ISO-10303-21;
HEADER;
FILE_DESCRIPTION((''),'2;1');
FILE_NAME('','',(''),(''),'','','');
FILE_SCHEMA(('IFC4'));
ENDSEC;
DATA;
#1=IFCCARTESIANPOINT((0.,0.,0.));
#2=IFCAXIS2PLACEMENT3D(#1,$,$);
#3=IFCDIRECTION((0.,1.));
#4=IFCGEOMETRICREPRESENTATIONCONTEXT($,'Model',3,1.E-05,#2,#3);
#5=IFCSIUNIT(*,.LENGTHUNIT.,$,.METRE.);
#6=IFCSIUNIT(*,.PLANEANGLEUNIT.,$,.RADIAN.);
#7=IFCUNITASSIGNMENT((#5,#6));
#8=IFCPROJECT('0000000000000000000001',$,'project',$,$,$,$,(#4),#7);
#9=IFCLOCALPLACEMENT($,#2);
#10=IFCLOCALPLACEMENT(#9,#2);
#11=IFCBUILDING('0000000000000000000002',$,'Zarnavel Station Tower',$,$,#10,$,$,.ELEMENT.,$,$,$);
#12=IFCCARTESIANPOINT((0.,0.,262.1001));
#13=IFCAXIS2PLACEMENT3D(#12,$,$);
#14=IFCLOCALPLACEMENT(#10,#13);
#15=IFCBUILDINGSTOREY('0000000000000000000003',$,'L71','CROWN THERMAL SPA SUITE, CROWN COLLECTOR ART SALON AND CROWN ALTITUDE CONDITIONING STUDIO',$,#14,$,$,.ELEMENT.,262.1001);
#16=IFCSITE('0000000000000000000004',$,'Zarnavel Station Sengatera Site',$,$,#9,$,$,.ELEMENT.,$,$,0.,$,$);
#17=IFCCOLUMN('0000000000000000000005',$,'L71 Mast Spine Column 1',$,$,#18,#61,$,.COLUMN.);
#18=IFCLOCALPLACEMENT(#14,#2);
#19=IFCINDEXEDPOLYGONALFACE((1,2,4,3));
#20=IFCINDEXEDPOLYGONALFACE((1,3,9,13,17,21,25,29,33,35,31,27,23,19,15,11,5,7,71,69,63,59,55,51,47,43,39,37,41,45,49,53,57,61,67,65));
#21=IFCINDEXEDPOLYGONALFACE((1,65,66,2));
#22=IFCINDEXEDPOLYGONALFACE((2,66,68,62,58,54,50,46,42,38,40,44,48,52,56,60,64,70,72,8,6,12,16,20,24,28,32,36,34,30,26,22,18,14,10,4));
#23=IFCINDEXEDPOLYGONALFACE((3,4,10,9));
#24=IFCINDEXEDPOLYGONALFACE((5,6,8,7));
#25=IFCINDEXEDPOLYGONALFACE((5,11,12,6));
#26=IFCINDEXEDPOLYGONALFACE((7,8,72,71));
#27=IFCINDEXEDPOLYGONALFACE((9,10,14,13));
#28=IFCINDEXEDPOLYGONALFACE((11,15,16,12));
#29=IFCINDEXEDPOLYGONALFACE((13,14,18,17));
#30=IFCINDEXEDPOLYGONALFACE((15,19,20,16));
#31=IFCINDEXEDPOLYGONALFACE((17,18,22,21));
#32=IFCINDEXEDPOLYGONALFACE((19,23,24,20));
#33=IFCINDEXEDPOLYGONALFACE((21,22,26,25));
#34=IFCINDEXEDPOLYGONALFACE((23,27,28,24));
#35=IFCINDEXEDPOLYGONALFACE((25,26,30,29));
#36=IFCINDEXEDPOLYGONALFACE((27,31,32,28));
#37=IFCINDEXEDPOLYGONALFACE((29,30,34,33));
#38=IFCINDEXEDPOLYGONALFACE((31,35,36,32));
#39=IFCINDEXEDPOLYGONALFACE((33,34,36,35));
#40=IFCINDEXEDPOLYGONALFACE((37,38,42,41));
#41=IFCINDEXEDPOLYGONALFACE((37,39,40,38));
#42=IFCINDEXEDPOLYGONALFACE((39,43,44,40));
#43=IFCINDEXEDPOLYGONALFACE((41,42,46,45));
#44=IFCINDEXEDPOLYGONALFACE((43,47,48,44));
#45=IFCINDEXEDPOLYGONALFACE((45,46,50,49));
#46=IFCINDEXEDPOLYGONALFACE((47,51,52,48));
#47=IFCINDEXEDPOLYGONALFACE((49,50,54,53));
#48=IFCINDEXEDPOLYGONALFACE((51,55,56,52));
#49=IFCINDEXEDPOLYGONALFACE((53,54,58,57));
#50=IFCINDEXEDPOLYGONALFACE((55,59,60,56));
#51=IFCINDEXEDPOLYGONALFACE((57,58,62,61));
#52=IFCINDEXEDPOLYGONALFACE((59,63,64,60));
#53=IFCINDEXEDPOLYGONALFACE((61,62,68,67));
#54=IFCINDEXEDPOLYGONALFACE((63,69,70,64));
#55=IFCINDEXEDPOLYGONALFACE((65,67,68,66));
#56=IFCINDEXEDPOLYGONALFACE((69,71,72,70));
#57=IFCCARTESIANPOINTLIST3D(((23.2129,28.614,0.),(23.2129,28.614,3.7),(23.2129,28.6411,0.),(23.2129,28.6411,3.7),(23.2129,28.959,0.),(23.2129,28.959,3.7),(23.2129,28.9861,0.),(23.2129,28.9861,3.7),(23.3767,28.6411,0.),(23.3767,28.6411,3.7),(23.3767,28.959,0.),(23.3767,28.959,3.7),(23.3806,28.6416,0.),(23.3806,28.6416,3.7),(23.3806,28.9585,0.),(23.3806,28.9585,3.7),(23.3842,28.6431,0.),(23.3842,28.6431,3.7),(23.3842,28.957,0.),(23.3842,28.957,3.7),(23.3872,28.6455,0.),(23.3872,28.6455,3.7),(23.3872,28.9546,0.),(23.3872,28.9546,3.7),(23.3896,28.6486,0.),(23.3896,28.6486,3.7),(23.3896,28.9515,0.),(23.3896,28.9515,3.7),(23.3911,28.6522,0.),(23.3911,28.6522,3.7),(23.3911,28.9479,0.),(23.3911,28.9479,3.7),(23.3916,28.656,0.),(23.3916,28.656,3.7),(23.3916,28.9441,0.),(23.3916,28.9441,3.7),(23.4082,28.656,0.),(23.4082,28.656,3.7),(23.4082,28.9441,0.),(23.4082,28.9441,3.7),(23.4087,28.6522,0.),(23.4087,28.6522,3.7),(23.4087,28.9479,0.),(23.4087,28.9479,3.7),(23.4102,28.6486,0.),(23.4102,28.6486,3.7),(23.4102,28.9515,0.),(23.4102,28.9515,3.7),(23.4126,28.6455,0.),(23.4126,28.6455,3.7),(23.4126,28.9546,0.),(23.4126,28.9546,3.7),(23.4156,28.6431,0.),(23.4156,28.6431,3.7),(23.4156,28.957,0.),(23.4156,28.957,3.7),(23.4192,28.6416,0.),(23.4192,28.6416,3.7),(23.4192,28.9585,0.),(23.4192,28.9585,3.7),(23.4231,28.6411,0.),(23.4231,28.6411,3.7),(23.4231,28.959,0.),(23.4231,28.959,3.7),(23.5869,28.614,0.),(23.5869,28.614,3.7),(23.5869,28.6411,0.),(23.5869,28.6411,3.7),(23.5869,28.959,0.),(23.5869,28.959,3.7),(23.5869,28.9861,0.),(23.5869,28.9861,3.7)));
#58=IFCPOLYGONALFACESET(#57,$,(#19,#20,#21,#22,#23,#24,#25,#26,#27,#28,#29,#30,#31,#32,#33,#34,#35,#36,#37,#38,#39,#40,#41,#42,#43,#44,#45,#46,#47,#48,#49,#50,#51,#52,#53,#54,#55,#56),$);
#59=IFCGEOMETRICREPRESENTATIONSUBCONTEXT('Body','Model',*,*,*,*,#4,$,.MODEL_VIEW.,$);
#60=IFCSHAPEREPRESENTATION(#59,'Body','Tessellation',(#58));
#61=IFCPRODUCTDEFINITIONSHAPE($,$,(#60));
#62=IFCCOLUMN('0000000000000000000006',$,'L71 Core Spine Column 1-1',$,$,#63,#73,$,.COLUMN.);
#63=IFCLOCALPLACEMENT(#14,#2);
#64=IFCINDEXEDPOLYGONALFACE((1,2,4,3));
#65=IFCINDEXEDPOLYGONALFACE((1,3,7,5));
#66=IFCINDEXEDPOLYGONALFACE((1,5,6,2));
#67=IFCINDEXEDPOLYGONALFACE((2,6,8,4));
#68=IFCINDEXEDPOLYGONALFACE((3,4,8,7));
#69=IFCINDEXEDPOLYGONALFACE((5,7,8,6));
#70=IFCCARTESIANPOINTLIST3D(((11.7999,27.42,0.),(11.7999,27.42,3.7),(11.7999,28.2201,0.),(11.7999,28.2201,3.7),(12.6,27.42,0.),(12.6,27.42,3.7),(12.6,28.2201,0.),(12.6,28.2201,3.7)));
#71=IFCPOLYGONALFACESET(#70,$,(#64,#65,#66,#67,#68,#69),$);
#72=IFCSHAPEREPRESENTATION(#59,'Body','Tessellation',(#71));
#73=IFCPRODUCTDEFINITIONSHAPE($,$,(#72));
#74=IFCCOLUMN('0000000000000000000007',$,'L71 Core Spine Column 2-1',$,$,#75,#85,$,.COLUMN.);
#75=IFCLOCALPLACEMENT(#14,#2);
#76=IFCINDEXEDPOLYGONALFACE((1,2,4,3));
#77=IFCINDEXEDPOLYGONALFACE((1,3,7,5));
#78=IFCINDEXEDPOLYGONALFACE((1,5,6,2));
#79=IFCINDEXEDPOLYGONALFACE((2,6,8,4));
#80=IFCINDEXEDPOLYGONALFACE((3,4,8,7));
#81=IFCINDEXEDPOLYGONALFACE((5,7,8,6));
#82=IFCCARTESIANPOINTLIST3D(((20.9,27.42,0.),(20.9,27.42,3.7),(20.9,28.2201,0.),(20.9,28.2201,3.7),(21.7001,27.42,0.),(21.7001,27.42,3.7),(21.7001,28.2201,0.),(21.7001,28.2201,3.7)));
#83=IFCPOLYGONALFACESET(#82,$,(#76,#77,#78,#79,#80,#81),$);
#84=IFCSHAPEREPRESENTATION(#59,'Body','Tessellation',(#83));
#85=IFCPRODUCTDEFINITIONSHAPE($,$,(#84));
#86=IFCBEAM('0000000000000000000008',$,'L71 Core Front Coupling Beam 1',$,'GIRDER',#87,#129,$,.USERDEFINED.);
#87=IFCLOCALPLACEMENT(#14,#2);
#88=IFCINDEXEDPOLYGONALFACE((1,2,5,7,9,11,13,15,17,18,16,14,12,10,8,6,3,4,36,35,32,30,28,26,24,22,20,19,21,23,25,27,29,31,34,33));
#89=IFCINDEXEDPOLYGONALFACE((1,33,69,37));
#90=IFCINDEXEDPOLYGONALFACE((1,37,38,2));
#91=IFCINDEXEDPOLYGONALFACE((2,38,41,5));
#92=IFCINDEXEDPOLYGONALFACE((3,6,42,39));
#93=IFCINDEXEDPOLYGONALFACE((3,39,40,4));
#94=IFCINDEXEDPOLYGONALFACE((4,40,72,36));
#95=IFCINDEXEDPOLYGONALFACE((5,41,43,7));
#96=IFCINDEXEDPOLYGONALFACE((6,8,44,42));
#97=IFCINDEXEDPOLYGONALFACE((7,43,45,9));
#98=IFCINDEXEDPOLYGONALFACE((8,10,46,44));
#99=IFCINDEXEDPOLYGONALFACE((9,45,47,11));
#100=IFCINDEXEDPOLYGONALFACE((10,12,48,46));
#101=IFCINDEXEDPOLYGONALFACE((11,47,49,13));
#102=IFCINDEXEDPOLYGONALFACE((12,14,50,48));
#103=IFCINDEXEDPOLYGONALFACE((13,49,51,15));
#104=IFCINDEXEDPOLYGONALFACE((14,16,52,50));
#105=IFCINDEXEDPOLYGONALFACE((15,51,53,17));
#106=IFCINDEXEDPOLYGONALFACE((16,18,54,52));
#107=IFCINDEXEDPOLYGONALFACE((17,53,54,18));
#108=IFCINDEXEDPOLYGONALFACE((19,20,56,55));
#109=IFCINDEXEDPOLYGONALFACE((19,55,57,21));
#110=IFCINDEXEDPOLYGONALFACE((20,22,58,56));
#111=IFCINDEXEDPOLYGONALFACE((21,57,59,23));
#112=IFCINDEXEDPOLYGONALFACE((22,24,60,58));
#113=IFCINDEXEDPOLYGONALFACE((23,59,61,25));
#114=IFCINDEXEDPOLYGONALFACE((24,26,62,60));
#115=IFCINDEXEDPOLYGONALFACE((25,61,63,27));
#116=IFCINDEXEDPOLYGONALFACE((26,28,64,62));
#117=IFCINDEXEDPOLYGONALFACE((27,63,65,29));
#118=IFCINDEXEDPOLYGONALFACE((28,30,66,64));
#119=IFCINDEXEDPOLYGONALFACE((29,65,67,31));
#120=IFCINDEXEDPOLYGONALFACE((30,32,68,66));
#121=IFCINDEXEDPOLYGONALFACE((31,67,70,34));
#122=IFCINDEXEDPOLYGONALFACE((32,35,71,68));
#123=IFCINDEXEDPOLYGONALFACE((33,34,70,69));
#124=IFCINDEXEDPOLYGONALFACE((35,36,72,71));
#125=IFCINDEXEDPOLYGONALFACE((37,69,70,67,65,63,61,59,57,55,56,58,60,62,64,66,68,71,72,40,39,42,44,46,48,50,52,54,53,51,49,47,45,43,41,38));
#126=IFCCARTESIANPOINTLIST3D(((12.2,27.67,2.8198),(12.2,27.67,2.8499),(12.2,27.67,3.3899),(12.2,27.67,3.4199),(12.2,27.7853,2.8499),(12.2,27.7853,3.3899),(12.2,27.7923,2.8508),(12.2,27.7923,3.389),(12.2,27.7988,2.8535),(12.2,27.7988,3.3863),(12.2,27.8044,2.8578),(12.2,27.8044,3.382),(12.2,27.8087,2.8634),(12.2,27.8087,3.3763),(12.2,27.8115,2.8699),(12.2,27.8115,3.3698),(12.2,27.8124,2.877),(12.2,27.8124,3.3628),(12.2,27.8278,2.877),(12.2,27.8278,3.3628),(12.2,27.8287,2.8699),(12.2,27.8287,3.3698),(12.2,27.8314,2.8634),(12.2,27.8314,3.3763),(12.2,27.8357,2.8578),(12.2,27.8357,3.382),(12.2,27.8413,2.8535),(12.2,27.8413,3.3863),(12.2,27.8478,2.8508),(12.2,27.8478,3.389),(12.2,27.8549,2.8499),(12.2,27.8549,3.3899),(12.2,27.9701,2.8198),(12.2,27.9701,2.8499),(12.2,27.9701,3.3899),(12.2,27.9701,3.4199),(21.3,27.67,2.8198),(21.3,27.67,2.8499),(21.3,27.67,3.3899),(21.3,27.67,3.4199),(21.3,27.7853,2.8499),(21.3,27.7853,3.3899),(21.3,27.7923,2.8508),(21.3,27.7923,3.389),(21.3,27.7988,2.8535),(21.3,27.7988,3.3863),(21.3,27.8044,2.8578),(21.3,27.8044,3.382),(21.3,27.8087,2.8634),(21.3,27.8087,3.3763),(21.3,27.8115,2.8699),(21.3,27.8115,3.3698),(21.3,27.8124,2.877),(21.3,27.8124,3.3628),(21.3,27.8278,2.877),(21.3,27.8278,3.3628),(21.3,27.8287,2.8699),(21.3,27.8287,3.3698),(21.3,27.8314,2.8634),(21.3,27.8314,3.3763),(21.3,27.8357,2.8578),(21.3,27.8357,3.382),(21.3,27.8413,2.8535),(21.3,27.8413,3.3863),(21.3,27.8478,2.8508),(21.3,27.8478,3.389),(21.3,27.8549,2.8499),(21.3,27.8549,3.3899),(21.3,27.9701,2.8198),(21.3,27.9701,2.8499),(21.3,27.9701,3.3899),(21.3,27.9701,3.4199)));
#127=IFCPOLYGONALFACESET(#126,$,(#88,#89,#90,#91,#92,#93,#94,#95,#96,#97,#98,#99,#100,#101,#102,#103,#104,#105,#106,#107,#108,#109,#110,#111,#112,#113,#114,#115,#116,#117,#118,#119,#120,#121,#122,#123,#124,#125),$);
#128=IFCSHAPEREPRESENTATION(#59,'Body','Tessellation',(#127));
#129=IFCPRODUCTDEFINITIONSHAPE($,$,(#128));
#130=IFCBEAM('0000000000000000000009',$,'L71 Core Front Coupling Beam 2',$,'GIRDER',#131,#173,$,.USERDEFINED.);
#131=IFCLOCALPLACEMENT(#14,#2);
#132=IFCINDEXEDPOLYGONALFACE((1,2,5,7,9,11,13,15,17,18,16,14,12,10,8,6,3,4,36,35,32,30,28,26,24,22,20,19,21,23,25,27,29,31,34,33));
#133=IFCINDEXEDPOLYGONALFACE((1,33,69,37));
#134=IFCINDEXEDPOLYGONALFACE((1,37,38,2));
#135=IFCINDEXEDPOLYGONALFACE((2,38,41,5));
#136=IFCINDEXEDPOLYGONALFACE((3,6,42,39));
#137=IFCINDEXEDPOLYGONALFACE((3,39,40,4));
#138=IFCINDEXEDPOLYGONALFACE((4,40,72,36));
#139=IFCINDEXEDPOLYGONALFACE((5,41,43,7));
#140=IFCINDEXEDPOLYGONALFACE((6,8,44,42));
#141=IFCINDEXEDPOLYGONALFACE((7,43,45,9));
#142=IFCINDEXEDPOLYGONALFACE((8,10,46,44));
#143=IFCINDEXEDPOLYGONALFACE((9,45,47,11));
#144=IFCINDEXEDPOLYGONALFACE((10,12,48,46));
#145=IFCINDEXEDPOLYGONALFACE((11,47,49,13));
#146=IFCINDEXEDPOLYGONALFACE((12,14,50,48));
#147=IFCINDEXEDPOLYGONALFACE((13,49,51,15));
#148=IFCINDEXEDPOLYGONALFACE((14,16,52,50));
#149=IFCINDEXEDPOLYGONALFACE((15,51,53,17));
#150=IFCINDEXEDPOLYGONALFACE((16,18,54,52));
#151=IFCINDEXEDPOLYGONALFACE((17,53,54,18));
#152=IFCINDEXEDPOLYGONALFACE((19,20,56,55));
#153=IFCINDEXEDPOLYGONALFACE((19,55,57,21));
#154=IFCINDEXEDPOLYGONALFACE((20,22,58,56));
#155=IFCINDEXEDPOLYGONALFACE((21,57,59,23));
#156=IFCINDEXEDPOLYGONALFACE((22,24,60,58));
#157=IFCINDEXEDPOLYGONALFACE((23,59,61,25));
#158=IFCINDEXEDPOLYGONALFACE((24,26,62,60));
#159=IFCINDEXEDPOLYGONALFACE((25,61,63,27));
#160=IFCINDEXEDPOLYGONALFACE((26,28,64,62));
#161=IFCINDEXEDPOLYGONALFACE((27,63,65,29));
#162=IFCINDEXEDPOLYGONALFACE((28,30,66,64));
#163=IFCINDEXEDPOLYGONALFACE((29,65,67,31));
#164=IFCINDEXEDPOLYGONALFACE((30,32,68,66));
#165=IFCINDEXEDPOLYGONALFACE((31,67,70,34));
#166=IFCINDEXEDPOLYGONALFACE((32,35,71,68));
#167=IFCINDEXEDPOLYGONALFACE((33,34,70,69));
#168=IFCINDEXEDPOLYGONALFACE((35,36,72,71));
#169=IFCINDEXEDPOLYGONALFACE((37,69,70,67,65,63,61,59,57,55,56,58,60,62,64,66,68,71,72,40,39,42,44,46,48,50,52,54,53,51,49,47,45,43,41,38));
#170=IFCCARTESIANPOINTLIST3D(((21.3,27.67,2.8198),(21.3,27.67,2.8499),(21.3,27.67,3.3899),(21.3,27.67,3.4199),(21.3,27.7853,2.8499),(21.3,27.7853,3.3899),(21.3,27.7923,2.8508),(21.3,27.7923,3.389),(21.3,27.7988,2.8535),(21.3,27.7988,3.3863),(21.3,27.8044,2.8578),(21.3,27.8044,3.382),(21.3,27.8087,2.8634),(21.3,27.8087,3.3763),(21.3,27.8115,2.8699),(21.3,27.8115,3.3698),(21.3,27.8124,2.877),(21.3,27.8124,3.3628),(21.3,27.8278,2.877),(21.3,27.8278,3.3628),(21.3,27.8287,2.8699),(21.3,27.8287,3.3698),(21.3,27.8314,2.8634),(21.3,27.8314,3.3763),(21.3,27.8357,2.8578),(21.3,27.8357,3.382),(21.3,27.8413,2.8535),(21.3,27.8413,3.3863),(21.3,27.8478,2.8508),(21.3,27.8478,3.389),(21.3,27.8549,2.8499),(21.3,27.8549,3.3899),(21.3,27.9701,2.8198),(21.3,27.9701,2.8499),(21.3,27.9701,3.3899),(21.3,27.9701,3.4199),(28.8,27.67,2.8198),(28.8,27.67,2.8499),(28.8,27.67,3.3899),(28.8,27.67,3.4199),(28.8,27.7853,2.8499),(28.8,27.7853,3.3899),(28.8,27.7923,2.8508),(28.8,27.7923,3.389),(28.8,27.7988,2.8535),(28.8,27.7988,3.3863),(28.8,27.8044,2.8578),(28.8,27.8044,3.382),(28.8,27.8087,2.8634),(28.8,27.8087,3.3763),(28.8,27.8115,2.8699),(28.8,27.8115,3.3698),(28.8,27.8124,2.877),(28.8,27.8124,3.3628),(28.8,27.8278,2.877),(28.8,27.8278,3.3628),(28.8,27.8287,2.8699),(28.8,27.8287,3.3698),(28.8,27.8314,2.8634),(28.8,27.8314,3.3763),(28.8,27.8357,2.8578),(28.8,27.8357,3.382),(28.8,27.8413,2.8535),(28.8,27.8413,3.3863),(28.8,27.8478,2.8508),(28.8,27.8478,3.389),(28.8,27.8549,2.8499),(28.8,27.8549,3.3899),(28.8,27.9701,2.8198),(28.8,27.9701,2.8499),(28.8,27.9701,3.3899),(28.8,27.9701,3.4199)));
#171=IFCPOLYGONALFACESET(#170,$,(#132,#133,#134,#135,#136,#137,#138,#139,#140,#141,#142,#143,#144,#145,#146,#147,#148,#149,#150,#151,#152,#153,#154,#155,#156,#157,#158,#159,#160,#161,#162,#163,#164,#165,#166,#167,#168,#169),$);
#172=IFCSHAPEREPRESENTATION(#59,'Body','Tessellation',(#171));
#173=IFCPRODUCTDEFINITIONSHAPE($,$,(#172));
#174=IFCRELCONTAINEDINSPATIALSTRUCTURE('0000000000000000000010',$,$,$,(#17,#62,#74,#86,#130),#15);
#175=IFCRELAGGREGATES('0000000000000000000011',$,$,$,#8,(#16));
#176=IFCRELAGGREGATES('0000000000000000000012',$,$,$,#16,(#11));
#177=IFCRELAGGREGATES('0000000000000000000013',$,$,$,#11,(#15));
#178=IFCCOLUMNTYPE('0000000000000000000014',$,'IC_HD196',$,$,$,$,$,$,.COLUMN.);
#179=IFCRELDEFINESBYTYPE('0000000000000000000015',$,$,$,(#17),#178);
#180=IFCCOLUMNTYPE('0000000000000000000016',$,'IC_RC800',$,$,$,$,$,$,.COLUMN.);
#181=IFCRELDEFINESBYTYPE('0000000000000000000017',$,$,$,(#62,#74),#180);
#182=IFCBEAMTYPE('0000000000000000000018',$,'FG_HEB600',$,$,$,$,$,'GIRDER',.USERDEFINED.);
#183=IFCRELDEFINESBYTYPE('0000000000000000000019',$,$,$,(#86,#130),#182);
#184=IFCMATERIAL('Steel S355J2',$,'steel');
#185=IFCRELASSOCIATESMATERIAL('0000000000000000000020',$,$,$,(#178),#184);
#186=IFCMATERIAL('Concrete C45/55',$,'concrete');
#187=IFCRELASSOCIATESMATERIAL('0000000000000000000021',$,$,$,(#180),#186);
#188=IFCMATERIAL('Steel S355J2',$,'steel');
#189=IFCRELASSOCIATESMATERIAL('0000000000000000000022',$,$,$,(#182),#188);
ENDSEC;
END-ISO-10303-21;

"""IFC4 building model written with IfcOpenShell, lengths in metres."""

from ifc_helpers import new_model, si_unit, direction, frame, origin, origin_2d, place, context, subcontext, project, spatial, rectangle, i_section, extrude, material, material_profile, profile_set, type_object, element, save


model = new_model("IFC4")

# Units and contexts
model_context = context("Model", 3, precision=1e-05, world=origin(), true_north=direction((0.0, 1.0)))
body_context = subcontext(model_context, "Body", "Model", "MODEL_VIEW")
ifc_project = project(units=[si_unit("LENGTHUNIT", "METRE"), si_unit("PLANEANGLEUNIT", "RADIAN")], contexts=[model_context])

# Site, building, storey
site_placement = place(None, origin())
site = spatial("IfcSite", under=ifc_project, at=site_placement, Name="Zarnavel Station Sengatera Site", CompositionType="ELEMENT", RefElevation=0.0)
building_placement = place(site_placement, origin())
building = spatial("IfcBuilding", under=site, at=building_placement, Name="Zarnavel Station Tower", CompositionType="ELEMENT")
storey_placement = place(building_placement, frame((0.0, 0.0, 262.1001)))
storey = spatial("IfcBuildingStorey", under=building, at=storey_placement, Name="L71", Description="CROWN THERMAL SPA SUITE, CROWN COLLECTOR ART SALON AND CROWN ALTITUDE CONDITIONING STUDIO", CompositionType="ELEMENT", Elevation=262.1001)

# Columns
ifc_material_1 = material(Name="Steel S355J2", Category="steel")
ifc_material_profile_1 = material_profile(ifc_material_1, i_section(OverallWidth=0.374, OverallDepth=0.3721, WebThickness=0.0166, FlangeThickness=0.0271, FilletRadius=0.0149, at=origin_2d()), Name="HD360x196")
ifc_profile_set_1 = profile_set([ifc_material_profile_1], Name="Steel S355J2")
column_type_1 = type_object("IfcColumnType", Name="IC_HD196", PredefinedType="COLUMN", material=ifc_profile_set_1)
column_placement = place(storey_placement, frame((23.3999, 28.8, 0.0), z_axis=(0.0, 0.0, 1.0), x_axis=(1.0, 0.0, 0.0)))
element("IfcColumn", 1, at=column_placement, inside=storey, type_object=column_type_1, Name="L71 Mast Spine Column 1", PredefinedType="COLUMN", context=body_context, shape_type="SweptSolid", body=[
    extrude(i_section(OverallWidth=0.374, OverallDepth=0.3721, WebThickness=0.0166, FlangeThickness=0.0271, FilletRadius=0.0149, at=origin_2d()), origin(), (0.0, 0.0, 1.0), 3.7),
])
ifc_material_2 = material(Name="Concrete C45/55", Category="concrete")
ifc_material_profile_2 = material_profile(ifc_material_2, rectangle(XDim=0.8, YDim=0.8, at=origin_2d()), Name="RC800x800")
ifc_profile_set_2 = profile_set([ifc_material_profile_2], Name="Concrete C45/55")
column_type_2 = type_object("IfcColumnType", Name="IC_RC800", PredefinedType="COLUMN", material=ifc_profile_set_2)
for number, where, z_axis, x_axis, name in (
    (2, (12.2, 27.8201, 0.0), (0.0, 0.0, 1.0), (1.0, 0.0, 0.0), "L71 Core Spine Column 1-1"),
    (3, (21.3, 27.8201, 0.0), (0.0, 0.0, 1.0), (1.0, 0.0, 0.0), "L71 Core Spine Column 2-1"),
):
    element("IfcColumn", number, at=place(storey_placement, frame(where, z_axis=z_axis, x_axis=x_axis)), inside=storey, type_object=column_type_2, Name=name, PredefinedType="COLUMN", context=body_context, shape_type="SweptSolid", body=[
        extrude(rectangle(XDim=0.8, YDim=0.8, at=origin_2d()), origin(), (0.0, 0.0, 1.0), 3.7),
    ])

# Beams
ifc_material_3 = material(Name="Steel S355J2", Category="steel")
ifc_material_profile_3 = material_profile(ifc_material_3, i_section(OverallWidth=0.3, OverallDepth=0.6001, WebThickness=0.0154, FlangeThickness=0.03, FilletRadius=0.0271, at=origin_2d()), Name="HEB600")
ifc_profile_set_3 = profile_set([ifc_material_profile_3], Name="Steel S355J2")
beam_type_1 = type_object("IfcBeamType", Name="FG_HEB600", ElementType="GIRDER", PredefinedType="USERDEFINED", material=ifc_profile_set_3)
beam_1_placement = place(storey_placement, frame((12.2, 27.8201, 3.1199), z_axis=(1.0, 0.0, 0.0), x_axis=(0.0, 1.0, 0.0)))
element("IfcBeam", 4, at=beam_1_placement, inside=storey, type_object=beam_type_1, Name="L71 Core Front Coupling Beam 1", ObjectType="GIRDER", PredefinedType="USERDEFINED", context=body_context, shape_type="SweptSolid", body=[
    extrude(i_section(OverallWidth=0.3, OverallDepth=0.6001, WebThickness=0.0154, FlangeThickness=0.03, FilletRadius=0.0271, at=origin_2d()), origin(), (0.0, 0.0, 1.0), 9.1001),
])
beam_2_placement = place(storey_placement, frame((21.3, 27.8201, 3.1199), z_axis=(1.0, 0.0, 0.0), x_axis=(0.0, 1.0, 0.0)))
element("IfcBeam", 5, at=beam_2_placement, inside=storey, type_object=beam_type_1, Name="L71 Core Front Coupling Beam 2", ObjectType="GIRDER", PredefinedType="USERDEFINED", context=body_context, shape_type="SweptSolid", body=[
    extrude(i_section(OverallWidth=0.3, OverallDepth=0.6001, WebThickness=0.0154, FlangeThickness=0.03, FilletRadius=0.0271, at=origin_2d()), origin(), (0.0, 0.0, 1.0), 7.5),
])

save(model, "model.ifc")
